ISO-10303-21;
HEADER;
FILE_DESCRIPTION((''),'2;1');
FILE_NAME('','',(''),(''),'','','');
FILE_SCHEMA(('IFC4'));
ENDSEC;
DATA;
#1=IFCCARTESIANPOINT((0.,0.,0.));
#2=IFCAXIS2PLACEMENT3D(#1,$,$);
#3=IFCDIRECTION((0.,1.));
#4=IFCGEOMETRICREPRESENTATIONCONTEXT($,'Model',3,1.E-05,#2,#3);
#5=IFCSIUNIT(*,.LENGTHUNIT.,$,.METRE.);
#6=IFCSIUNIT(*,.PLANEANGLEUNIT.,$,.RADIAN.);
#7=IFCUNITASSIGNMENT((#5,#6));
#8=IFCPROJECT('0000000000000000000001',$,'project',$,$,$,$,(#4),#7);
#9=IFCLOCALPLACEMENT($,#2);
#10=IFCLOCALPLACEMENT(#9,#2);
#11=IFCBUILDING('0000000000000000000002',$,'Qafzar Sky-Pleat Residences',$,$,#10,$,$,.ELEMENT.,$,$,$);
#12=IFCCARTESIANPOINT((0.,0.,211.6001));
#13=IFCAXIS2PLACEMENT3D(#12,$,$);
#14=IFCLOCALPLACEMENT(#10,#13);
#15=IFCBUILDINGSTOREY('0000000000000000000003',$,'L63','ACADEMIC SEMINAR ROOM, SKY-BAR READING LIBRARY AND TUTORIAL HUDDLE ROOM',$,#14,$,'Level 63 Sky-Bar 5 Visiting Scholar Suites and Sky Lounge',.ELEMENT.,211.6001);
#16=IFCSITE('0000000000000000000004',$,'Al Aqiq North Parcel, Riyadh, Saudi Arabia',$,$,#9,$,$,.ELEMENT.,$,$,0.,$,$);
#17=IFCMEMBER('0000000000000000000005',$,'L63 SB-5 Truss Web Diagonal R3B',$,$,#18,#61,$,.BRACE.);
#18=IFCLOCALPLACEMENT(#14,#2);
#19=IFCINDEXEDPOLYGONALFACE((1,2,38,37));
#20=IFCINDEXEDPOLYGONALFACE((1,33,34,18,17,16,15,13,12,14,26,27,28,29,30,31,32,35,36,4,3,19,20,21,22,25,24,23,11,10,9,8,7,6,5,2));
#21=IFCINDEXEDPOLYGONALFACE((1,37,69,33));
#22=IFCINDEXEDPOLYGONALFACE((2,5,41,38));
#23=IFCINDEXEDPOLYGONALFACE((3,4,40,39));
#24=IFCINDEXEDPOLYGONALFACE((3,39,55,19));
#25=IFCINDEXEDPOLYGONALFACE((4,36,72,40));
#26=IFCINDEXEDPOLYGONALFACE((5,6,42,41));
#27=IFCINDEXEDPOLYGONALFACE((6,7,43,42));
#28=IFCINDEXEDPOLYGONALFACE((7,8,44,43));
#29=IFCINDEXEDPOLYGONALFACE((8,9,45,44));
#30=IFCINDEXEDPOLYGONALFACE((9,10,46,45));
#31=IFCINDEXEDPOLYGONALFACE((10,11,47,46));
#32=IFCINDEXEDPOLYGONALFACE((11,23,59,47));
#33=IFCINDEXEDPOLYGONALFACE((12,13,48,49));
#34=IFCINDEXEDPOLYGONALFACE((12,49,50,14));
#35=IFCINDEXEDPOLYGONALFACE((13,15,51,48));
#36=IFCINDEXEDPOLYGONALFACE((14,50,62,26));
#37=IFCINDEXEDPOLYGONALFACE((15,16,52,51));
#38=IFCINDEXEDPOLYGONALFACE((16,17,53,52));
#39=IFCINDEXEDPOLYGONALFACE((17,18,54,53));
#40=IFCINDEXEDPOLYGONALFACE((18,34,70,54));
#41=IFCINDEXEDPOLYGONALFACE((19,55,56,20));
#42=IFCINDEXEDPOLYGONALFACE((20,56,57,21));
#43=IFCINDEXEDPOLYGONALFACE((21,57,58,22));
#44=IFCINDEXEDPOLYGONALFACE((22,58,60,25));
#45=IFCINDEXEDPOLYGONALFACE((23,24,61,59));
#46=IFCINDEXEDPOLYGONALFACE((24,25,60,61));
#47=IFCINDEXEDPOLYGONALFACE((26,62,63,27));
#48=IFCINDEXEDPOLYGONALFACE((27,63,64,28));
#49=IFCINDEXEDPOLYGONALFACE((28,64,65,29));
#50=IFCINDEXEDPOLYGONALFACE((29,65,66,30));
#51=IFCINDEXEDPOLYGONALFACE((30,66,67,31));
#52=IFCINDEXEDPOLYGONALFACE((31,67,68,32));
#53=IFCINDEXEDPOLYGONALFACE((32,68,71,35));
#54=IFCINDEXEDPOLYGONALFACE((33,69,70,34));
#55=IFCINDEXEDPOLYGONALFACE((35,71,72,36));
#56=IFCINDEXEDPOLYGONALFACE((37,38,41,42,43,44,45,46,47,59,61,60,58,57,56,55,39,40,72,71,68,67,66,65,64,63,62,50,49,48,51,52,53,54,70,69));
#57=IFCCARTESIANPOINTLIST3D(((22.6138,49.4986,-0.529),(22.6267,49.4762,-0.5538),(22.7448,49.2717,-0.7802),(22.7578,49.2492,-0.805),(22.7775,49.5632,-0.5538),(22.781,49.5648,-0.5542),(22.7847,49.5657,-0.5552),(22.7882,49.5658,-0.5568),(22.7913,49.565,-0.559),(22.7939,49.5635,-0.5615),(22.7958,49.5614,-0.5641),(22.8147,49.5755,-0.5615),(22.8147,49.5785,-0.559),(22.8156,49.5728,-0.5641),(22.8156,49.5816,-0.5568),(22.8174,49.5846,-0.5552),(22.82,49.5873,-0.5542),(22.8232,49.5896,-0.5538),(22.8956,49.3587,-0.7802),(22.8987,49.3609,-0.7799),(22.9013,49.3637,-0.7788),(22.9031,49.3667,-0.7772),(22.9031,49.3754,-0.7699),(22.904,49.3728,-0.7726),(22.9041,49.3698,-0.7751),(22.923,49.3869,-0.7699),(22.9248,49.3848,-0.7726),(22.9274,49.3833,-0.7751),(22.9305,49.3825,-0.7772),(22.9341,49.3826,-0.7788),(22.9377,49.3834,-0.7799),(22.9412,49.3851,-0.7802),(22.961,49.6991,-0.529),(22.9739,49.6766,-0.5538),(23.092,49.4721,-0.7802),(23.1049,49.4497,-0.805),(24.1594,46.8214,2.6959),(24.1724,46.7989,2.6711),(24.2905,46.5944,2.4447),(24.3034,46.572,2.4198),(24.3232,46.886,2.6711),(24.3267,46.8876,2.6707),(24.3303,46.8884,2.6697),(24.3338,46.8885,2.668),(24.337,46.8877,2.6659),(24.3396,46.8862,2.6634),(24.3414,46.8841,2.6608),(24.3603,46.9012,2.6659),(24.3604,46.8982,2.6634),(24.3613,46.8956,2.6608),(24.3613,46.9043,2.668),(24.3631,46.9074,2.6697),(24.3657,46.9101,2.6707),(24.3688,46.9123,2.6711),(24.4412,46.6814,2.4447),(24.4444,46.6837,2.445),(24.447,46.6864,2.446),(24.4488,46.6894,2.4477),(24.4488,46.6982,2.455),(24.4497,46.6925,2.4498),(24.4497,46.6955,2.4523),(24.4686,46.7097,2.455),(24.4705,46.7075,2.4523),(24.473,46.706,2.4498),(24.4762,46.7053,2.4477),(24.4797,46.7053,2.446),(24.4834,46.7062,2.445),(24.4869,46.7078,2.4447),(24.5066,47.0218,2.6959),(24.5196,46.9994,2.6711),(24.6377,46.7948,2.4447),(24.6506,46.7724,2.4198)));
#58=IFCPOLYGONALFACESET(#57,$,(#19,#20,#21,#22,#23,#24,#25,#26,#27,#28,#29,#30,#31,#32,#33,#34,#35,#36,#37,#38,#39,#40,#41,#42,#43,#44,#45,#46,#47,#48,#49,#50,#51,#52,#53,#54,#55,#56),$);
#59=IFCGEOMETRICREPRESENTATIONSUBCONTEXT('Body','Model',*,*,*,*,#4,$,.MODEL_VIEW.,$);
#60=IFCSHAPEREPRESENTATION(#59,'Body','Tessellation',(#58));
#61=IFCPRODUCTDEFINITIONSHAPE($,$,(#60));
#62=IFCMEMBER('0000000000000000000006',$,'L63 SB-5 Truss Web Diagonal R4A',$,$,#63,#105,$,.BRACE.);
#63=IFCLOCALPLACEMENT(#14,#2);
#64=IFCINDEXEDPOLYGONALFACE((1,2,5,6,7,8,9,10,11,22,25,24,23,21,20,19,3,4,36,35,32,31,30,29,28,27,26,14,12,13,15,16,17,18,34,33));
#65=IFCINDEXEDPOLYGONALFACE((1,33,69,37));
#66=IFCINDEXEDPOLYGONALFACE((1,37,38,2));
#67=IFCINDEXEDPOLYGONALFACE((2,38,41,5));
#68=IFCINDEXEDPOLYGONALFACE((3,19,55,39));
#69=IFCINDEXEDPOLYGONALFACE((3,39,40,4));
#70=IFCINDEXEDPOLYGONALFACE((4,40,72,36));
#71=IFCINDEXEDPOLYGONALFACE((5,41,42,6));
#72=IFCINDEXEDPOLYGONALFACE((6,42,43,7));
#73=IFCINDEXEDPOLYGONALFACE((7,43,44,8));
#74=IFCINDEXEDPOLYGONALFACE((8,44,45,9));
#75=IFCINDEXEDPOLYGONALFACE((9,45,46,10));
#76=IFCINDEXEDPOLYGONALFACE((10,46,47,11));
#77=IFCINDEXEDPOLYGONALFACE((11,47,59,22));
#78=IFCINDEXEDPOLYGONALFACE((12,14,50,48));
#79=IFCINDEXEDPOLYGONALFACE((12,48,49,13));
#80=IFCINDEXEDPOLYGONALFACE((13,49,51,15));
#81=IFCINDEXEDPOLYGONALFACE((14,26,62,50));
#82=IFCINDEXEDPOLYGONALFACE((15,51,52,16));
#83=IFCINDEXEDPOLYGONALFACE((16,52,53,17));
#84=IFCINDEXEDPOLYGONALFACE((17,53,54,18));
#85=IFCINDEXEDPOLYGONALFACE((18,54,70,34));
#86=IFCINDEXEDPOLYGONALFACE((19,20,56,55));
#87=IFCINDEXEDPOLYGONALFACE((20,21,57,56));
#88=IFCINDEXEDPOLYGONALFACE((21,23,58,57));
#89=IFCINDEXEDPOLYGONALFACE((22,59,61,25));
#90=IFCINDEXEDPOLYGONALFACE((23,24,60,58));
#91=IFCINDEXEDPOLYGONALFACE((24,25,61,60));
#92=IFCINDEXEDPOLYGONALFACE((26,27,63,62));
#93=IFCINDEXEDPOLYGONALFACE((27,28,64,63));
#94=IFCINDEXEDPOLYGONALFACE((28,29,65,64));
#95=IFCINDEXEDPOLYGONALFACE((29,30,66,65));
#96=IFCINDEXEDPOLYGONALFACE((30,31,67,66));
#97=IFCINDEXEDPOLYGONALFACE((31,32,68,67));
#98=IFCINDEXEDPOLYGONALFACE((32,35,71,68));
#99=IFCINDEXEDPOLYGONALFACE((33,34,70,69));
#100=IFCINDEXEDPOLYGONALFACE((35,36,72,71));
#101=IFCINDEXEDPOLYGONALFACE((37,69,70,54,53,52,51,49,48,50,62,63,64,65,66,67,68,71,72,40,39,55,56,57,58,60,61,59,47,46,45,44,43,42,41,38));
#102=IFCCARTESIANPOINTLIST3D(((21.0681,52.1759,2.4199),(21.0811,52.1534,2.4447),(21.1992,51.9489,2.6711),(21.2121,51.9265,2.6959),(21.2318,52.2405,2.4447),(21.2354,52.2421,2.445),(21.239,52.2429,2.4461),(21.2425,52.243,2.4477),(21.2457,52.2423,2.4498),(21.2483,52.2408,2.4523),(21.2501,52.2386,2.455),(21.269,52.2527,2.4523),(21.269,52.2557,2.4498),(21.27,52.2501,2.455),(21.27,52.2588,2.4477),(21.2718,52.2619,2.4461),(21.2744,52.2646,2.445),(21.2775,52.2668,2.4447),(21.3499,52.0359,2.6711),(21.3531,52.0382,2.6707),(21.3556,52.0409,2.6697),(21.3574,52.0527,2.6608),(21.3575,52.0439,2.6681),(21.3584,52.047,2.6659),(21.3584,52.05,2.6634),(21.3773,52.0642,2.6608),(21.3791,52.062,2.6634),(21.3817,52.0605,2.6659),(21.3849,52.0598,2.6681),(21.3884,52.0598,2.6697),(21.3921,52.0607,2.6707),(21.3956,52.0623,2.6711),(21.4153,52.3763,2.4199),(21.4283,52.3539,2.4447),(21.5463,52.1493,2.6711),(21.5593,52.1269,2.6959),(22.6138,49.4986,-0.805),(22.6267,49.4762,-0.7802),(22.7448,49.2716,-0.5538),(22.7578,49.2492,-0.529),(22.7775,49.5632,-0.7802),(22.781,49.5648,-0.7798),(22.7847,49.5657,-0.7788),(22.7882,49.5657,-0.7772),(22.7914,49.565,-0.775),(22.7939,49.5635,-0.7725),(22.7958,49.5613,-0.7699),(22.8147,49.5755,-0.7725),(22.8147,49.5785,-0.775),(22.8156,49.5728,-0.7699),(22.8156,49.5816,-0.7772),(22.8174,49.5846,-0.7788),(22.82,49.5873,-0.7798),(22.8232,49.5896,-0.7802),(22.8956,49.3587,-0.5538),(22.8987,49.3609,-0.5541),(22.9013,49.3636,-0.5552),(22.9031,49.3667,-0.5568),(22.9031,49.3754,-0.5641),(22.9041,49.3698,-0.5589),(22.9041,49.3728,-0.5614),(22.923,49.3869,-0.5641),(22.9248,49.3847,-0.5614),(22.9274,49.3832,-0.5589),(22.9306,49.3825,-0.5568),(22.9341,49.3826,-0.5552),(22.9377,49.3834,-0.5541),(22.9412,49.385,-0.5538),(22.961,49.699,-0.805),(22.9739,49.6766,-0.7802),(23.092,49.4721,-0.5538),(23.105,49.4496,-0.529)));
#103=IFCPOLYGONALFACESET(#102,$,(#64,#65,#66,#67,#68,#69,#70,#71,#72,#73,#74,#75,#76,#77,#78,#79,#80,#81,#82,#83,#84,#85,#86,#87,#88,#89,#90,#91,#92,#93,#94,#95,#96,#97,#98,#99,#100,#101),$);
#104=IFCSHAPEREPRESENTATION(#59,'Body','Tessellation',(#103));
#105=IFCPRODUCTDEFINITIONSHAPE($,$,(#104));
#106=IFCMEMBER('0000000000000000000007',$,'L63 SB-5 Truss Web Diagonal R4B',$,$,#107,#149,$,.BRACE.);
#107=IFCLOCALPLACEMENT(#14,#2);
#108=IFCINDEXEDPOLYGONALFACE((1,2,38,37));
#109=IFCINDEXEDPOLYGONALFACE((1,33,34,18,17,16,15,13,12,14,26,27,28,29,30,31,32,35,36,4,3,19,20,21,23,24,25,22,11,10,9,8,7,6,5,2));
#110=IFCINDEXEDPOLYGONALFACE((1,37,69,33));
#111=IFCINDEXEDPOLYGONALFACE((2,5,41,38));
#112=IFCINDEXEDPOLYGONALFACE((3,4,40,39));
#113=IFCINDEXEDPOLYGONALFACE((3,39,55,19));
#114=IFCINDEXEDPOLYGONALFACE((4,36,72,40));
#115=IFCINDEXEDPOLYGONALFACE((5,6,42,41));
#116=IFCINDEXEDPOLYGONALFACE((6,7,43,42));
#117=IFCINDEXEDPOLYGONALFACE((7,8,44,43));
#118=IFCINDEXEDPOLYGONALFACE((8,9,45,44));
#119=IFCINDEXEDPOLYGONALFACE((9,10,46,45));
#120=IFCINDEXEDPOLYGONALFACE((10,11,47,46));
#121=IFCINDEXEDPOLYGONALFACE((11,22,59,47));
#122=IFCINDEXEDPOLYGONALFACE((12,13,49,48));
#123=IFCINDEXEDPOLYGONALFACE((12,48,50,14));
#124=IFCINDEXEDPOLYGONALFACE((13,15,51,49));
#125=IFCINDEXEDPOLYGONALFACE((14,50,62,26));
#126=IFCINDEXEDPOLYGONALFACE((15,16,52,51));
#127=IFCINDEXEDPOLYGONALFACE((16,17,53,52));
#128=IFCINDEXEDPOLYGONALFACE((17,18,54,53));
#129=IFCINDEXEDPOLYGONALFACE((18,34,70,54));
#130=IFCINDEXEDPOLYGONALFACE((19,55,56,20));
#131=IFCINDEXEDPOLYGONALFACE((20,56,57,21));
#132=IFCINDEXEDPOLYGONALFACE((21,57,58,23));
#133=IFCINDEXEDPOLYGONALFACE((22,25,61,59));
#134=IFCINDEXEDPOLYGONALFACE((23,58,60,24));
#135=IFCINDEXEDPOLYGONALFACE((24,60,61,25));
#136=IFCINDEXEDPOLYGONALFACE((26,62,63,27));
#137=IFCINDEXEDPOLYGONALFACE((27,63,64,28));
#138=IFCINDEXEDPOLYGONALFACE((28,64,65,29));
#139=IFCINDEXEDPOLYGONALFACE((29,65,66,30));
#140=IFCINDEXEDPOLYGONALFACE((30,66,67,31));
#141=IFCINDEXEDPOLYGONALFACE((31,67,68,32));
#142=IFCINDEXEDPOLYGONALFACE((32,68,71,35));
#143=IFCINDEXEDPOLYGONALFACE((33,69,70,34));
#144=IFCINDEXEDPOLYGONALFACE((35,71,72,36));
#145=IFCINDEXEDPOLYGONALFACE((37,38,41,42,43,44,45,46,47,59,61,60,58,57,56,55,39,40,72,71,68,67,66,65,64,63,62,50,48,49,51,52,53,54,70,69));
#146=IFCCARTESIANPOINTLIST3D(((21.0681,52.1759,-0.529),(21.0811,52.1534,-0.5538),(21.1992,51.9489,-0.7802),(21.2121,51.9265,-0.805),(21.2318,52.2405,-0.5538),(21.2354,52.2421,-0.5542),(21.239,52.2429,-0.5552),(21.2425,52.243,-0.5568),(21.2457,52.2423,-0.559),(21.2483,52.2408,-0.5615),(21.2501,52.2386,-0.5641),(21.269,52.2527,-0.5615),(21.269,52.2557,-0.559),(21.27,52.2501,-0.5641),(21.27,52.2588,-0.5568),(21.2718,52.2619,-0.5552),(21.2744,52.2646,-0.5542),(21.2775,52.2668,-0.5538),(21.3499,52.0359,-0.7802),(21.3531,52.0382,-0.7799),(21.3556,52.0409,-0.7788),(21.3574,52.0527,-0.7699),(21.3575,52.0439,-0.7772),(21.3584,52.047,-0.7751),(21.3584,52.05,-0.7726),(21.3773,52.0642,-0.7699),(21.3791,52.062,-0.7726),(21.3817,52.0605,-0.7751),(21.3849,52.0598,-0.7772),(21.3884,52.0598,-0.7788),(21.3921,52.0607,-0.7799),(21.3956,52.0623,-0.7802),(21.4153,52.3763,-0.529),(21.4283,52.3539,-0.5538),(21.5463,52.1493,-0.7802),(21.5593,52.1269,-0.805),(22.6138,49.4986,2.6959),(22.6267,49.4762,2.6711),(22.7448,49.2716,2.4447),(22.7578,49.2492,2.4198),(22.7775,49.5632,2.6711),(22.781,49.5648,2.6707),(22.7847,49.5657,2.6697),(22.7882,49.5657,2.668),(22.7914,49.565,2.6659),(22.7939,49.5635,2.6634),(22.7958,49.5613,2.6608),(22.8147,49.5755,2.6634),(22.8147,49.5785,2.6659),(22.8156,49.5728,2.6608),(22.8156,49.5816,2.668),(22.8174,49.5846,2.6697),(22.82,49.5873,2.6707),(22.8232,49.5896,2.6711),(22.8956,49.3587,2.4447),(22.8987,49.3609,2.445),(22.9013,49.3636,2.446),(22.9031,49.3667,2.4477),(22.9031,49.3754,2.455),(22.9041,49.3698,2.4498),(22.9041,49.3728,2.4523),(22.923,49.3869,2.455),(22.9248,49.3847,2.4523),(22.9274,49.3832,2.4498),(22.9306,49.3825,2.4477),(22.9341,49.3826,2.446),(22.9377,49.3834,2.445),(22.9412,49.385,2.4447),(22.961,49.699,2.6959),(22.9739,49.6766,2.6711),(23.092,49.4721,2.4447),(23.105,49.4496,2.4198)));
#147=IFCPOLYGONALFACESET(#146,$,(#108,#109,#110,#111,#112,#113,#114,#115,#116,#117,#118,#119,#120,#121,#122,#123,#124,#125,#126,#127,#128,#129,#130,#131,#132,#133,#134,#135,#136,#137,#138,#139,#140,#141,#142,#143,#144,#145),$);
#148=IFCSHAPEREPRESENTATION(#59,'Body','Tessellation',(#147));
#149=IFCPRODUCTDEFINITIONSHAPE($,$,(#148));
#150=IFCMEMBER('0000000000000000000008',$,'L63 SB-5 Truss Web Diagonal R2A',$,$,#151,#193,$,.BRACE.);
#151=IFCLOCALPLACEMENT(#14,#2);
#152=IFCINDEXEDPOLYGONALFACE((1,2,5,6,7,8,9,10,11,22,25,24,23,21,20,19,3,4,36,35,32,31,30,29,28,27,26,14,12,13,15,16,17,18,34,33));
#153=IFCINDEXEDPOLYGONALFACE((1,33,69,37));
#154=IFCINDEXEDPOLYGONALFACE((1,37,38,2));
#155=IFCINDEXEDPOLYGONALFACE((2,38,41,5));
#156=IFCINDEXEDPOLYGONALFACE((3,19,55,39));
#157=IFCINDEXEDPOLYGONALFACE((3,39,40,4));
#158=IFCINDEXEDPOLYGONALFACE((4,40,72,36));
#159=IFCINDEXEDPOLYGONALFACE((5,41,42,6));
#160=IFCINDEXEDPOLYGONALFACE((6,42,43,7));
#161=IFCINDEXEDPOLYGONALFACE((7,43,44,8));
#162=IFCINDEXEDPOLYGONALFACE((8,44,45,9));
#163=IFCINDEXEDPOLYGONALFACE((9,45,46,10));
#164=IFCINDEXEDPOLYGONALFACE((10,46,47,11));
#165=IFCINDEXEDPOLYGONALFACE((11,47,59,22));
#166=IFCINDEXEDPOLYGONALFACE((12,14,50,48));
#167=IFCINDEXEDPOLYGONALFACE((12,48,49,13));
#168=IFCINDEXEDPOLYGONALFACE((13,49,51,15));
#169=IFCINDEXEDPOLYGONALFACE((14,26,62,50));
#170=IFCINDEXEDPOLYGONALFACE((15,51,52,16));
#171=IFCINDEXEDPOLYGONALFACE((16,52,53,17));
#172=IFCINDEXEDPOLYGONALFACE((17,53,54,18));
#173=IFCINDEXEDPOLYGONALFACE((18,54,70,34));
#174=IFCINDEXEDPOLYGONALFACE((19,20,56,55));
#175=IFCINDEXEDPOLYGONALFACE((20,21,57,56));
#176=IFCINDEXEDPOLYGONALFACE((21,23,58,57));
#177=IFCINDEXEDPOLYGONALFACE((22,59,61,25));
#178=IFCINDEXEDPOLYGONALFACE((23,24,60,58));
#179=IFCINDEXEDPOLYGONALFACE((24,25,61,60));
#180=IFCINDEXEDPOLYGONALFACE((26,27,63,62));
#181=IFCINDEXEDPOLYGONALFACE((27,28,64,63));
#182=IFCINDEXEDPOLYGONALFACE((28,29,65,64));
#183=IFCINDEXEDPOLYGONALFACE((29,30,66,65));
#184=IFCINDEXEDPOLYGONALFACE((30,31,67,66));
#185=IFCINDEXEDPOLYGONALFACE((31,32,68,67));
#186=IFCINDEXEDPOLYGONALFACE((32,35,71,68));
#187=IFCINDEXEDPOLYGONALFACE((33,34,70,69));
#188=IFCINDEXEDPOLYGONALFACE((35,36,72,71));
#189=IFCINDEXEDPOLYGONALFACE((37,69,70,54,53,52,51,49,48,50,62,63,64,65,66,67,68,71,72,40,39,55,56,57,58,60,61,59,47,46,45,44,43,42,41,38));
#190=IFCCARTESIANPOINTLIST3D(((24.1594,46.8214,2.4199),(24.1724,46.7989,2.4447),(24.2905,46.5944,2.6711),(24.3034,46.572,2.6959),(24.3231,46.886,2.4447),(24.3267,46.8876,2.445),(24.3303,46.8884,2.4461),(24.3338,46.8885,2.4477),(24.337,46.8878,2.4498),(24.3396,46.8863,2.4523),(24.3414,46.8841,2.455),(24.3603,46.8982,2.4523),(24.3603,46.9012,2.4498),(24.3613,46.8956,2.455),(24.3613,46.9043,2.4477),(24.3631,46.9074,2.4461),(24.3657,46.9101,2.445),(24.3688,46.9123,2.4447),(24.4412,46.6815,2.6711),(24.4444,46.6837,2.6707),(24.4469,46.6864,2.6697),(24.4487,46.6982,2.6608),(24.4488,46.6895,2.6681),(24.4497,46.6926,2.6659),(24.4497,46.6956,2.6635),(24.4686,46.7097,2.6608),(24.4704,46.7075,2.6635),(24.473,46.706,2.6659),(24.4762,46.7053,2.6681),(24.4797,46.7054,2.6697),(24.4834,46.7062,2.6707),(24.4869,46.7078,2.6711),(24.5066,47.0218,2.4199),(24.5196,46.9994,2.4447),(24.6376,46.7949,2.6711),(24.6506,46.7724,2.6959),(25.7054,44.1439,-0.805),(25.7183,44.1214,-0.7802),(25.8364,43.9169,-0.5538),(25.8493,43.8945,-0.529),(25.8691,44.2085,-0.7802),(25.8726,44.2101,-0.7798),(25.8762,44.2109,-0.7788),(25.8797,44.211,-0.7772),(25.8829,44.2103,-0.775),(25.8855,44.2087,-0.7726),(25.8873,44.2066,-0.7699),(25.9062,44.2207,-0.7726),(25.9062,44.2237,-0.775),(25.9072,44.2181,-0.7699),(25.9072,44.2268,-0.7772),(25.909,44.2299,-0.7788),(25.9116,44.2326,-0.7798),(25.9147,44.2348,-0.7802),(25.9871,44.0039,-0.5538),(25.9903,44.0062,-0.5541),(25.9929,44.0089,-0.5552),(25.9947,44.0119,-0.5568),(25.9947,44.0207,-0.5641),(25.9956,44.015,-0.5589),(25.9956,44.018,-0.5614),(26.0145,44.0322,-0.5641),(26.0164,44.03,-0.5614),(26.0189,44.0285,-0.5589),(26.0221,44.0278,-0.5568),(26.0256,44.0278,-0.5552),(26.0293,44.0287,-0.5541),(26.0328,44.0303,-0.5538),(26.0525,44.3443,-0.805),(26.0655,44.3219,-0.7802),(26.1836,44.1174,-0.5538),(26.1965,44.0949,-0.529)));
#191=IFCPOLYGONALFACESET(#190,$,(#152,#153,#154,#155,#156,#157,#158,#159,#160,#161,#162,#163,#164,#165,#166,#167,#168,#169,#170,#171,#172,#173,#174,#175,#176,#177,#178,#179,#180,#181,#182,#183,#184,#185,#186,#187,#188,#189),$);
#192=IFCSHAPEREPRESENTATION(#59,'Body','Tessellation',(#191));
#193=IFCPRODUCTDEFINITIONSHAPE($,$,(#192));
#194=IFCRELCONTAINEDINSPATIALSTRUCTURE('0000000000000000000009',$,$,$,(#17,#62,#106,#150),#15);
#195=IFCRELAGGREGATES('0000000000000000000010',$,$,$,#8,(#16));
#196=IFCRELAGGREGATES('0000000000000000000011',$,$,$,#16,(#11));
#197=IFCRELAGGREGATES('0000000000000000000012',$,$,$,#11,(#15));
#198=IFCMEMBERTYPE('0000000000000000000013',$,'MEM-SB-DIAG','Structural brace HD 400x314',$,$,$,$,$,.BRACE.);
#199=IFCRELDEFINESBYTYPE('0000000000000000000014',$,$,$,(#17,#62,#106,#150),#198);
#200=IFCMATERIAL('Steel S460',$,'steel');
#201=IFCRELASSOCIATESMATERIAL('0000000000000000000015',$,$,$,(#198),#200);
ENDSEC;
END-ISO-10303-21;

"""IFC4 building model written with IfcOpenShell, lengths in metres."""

from ifc_helpers import new_model, si_unit, direction, frame, origin, origin_2d, place, context, subcontext, project, spatial, i_section, extrude, source, transform, mapped, material, material_profile, profile_set, type_object, element, save


model = new_model("IFC4")

# Units and contexts
model_context = context("Model", 3, precision=1e-05, world=origin(), true_north=direction((0.0, 1.0)))
body_context = subcontext(model_context, "Body", "Model", "MODEL_VIEW")
ifc_project = project(units=[si_unit("LENGTHUNIT", "METRE"), si_unit("PLANEANGLEUNIT", "RADIAN")], contexts=[model_context])

# Site, building, storey
site_placement = place(None, origin())
site = spatial("IfcSite", under=ifc_project, at=site_placement, Name="Al Aqiq North Parcel, Riyadh, Saudi Arabia", CompositionType="ELEMENT", RefElevation=0.0)
building_placement = place(site_placement, origin())
building = spatial("IfcBuilding", under=site, at=building_placement, Name="Qafzar Sky-Pleat Residences", CompositionType="ELEMENT")
storey_placement = place(building_placement, frame((0.0, 0.0, 211.6001)))
storey = spatial("IfcBuildingStorey", under=building, at=storey_placement, Name="L63", Description="ACADEMIC SEMINAR ROOM, SKY-BAR READING LIBRARY AND TUTORIAL HUDDLE ROOM", LongName="Level 63 Sky-Bar 5 Visiting Scholar Suites and Sky Lounge", CompositionType="ELEMENT", Elevation=211.6001)

# Shared definitions
ifc_material_1 = material(Name="Steel S460", Category="steel")

# Members
ifc_material_profile_1 = material_profile(ifc_material_1, i_section(OverallWidth=0.4009, OverallDepth=0.3989, WebThickness=0.0229, FlangeThickness=0.0359, FilletRadius=0.0149, at=origin_2d()), Name="HD 400x314")
ifc_profile_set_1 = profile_set([ifc_material_profile_1], Name="Steel S460")
member_type = type_object("IfcMemberType", Name="MEM-SB-DIAG", Description="Structural brace HD 400x314", PredefinedType="BRACE", material=ifc_profile_set_1)
shared_shape_1 = source(origin(), body_context, "Body", "SweptSolid", [
    extrude(i_section(OverallWidth=0.4009, OverallDepth=0.3989, WebThickness=0.0229, FlangeThickness=0.0359, FilletRadius=0.0149, at=origin_2d()), origin(), (0.0, 0.0, 1.0), 4.4673),
])
for number, where, z_axis, x_axis, name in (
    (1, (24.405, 46.7969, 2.5579), (-0.345996, 0.599304, -0.721887), (-0.866033, -0.499987, 0.0), "L63 SB-5 Truss Web Diagonal R3B"),
    (2, (22.8594, 49.4741, -0.667), (-0.345996, 0.599304, 0.721887), (-0.866033, -0.499987, 0.0), "L63 SB-5 Truss Web Diagonal R4A"),
    (3, (22.8594, 49.4741, 2.5579), (-0.345996, 0.599304, -0.721887), (-0.866033, -0.499987, 0.0), "L63 SB-5 Truss Web Diagonal R4B"),
):
    element("IfcMember", number, at=place(storey_placement, frame(where, z_axis=z_axis, x_axis=x_axis)), inside=storey, type_object=member_type, Name=name, PredefinedType="BRACE", context=body_context, shape_type="MappedRepresentation", body=[
        mapped(shared_shape_1, transform((0.0, 0.0, 0.0), x_axis=(1.0, 0.0, 0.0), y_axis=(0.0, 1.0, 0.0), z_axis=(0.0, 0.0, 1.0), scale=1.0)),
    ])
shared_shape_2 = source(origin(), body_context, "Body", "SweptSolid", [
    extrude(i_section(OverallWidth=0.4009, OverallDepth=0.3989, WebThickness=0.0229, FlangeThickness=0.0359, FilletRadius=0.0149, at=origin_2d()), origin(), (0.0, 0.0, 1.0), 4.4675),
])
for number, where, z_axis, x_axis, name in (
    (4, (25.9509, 44.1194, -0.667), (-0.346033, 0.599328, 0.72185), (-0.866019, -0.500012, 0.0), "L63 SB-5 Truss Web Diagonal R2A"),
):
    element("IfcMember", number, at=place(storey_placement, frame(where, z_axis=z_axis, x_axis=x_axis)), inside=storey, type_object=member_type, Name=name, PredefinedType="BRACE", context=body_context, shape_type="MappedRepresentation", body=[
        mapped(shared_shape_2, transform((0.0, 0.0, 0.0), x_axis=(1.0, 0.0, 0.0), y_axis=(0.0, 1.0, 0.0), z_axis=(0.0, 0.0, 1.0), scale=1.0)),
    ])

save(model, "model.ifc")
